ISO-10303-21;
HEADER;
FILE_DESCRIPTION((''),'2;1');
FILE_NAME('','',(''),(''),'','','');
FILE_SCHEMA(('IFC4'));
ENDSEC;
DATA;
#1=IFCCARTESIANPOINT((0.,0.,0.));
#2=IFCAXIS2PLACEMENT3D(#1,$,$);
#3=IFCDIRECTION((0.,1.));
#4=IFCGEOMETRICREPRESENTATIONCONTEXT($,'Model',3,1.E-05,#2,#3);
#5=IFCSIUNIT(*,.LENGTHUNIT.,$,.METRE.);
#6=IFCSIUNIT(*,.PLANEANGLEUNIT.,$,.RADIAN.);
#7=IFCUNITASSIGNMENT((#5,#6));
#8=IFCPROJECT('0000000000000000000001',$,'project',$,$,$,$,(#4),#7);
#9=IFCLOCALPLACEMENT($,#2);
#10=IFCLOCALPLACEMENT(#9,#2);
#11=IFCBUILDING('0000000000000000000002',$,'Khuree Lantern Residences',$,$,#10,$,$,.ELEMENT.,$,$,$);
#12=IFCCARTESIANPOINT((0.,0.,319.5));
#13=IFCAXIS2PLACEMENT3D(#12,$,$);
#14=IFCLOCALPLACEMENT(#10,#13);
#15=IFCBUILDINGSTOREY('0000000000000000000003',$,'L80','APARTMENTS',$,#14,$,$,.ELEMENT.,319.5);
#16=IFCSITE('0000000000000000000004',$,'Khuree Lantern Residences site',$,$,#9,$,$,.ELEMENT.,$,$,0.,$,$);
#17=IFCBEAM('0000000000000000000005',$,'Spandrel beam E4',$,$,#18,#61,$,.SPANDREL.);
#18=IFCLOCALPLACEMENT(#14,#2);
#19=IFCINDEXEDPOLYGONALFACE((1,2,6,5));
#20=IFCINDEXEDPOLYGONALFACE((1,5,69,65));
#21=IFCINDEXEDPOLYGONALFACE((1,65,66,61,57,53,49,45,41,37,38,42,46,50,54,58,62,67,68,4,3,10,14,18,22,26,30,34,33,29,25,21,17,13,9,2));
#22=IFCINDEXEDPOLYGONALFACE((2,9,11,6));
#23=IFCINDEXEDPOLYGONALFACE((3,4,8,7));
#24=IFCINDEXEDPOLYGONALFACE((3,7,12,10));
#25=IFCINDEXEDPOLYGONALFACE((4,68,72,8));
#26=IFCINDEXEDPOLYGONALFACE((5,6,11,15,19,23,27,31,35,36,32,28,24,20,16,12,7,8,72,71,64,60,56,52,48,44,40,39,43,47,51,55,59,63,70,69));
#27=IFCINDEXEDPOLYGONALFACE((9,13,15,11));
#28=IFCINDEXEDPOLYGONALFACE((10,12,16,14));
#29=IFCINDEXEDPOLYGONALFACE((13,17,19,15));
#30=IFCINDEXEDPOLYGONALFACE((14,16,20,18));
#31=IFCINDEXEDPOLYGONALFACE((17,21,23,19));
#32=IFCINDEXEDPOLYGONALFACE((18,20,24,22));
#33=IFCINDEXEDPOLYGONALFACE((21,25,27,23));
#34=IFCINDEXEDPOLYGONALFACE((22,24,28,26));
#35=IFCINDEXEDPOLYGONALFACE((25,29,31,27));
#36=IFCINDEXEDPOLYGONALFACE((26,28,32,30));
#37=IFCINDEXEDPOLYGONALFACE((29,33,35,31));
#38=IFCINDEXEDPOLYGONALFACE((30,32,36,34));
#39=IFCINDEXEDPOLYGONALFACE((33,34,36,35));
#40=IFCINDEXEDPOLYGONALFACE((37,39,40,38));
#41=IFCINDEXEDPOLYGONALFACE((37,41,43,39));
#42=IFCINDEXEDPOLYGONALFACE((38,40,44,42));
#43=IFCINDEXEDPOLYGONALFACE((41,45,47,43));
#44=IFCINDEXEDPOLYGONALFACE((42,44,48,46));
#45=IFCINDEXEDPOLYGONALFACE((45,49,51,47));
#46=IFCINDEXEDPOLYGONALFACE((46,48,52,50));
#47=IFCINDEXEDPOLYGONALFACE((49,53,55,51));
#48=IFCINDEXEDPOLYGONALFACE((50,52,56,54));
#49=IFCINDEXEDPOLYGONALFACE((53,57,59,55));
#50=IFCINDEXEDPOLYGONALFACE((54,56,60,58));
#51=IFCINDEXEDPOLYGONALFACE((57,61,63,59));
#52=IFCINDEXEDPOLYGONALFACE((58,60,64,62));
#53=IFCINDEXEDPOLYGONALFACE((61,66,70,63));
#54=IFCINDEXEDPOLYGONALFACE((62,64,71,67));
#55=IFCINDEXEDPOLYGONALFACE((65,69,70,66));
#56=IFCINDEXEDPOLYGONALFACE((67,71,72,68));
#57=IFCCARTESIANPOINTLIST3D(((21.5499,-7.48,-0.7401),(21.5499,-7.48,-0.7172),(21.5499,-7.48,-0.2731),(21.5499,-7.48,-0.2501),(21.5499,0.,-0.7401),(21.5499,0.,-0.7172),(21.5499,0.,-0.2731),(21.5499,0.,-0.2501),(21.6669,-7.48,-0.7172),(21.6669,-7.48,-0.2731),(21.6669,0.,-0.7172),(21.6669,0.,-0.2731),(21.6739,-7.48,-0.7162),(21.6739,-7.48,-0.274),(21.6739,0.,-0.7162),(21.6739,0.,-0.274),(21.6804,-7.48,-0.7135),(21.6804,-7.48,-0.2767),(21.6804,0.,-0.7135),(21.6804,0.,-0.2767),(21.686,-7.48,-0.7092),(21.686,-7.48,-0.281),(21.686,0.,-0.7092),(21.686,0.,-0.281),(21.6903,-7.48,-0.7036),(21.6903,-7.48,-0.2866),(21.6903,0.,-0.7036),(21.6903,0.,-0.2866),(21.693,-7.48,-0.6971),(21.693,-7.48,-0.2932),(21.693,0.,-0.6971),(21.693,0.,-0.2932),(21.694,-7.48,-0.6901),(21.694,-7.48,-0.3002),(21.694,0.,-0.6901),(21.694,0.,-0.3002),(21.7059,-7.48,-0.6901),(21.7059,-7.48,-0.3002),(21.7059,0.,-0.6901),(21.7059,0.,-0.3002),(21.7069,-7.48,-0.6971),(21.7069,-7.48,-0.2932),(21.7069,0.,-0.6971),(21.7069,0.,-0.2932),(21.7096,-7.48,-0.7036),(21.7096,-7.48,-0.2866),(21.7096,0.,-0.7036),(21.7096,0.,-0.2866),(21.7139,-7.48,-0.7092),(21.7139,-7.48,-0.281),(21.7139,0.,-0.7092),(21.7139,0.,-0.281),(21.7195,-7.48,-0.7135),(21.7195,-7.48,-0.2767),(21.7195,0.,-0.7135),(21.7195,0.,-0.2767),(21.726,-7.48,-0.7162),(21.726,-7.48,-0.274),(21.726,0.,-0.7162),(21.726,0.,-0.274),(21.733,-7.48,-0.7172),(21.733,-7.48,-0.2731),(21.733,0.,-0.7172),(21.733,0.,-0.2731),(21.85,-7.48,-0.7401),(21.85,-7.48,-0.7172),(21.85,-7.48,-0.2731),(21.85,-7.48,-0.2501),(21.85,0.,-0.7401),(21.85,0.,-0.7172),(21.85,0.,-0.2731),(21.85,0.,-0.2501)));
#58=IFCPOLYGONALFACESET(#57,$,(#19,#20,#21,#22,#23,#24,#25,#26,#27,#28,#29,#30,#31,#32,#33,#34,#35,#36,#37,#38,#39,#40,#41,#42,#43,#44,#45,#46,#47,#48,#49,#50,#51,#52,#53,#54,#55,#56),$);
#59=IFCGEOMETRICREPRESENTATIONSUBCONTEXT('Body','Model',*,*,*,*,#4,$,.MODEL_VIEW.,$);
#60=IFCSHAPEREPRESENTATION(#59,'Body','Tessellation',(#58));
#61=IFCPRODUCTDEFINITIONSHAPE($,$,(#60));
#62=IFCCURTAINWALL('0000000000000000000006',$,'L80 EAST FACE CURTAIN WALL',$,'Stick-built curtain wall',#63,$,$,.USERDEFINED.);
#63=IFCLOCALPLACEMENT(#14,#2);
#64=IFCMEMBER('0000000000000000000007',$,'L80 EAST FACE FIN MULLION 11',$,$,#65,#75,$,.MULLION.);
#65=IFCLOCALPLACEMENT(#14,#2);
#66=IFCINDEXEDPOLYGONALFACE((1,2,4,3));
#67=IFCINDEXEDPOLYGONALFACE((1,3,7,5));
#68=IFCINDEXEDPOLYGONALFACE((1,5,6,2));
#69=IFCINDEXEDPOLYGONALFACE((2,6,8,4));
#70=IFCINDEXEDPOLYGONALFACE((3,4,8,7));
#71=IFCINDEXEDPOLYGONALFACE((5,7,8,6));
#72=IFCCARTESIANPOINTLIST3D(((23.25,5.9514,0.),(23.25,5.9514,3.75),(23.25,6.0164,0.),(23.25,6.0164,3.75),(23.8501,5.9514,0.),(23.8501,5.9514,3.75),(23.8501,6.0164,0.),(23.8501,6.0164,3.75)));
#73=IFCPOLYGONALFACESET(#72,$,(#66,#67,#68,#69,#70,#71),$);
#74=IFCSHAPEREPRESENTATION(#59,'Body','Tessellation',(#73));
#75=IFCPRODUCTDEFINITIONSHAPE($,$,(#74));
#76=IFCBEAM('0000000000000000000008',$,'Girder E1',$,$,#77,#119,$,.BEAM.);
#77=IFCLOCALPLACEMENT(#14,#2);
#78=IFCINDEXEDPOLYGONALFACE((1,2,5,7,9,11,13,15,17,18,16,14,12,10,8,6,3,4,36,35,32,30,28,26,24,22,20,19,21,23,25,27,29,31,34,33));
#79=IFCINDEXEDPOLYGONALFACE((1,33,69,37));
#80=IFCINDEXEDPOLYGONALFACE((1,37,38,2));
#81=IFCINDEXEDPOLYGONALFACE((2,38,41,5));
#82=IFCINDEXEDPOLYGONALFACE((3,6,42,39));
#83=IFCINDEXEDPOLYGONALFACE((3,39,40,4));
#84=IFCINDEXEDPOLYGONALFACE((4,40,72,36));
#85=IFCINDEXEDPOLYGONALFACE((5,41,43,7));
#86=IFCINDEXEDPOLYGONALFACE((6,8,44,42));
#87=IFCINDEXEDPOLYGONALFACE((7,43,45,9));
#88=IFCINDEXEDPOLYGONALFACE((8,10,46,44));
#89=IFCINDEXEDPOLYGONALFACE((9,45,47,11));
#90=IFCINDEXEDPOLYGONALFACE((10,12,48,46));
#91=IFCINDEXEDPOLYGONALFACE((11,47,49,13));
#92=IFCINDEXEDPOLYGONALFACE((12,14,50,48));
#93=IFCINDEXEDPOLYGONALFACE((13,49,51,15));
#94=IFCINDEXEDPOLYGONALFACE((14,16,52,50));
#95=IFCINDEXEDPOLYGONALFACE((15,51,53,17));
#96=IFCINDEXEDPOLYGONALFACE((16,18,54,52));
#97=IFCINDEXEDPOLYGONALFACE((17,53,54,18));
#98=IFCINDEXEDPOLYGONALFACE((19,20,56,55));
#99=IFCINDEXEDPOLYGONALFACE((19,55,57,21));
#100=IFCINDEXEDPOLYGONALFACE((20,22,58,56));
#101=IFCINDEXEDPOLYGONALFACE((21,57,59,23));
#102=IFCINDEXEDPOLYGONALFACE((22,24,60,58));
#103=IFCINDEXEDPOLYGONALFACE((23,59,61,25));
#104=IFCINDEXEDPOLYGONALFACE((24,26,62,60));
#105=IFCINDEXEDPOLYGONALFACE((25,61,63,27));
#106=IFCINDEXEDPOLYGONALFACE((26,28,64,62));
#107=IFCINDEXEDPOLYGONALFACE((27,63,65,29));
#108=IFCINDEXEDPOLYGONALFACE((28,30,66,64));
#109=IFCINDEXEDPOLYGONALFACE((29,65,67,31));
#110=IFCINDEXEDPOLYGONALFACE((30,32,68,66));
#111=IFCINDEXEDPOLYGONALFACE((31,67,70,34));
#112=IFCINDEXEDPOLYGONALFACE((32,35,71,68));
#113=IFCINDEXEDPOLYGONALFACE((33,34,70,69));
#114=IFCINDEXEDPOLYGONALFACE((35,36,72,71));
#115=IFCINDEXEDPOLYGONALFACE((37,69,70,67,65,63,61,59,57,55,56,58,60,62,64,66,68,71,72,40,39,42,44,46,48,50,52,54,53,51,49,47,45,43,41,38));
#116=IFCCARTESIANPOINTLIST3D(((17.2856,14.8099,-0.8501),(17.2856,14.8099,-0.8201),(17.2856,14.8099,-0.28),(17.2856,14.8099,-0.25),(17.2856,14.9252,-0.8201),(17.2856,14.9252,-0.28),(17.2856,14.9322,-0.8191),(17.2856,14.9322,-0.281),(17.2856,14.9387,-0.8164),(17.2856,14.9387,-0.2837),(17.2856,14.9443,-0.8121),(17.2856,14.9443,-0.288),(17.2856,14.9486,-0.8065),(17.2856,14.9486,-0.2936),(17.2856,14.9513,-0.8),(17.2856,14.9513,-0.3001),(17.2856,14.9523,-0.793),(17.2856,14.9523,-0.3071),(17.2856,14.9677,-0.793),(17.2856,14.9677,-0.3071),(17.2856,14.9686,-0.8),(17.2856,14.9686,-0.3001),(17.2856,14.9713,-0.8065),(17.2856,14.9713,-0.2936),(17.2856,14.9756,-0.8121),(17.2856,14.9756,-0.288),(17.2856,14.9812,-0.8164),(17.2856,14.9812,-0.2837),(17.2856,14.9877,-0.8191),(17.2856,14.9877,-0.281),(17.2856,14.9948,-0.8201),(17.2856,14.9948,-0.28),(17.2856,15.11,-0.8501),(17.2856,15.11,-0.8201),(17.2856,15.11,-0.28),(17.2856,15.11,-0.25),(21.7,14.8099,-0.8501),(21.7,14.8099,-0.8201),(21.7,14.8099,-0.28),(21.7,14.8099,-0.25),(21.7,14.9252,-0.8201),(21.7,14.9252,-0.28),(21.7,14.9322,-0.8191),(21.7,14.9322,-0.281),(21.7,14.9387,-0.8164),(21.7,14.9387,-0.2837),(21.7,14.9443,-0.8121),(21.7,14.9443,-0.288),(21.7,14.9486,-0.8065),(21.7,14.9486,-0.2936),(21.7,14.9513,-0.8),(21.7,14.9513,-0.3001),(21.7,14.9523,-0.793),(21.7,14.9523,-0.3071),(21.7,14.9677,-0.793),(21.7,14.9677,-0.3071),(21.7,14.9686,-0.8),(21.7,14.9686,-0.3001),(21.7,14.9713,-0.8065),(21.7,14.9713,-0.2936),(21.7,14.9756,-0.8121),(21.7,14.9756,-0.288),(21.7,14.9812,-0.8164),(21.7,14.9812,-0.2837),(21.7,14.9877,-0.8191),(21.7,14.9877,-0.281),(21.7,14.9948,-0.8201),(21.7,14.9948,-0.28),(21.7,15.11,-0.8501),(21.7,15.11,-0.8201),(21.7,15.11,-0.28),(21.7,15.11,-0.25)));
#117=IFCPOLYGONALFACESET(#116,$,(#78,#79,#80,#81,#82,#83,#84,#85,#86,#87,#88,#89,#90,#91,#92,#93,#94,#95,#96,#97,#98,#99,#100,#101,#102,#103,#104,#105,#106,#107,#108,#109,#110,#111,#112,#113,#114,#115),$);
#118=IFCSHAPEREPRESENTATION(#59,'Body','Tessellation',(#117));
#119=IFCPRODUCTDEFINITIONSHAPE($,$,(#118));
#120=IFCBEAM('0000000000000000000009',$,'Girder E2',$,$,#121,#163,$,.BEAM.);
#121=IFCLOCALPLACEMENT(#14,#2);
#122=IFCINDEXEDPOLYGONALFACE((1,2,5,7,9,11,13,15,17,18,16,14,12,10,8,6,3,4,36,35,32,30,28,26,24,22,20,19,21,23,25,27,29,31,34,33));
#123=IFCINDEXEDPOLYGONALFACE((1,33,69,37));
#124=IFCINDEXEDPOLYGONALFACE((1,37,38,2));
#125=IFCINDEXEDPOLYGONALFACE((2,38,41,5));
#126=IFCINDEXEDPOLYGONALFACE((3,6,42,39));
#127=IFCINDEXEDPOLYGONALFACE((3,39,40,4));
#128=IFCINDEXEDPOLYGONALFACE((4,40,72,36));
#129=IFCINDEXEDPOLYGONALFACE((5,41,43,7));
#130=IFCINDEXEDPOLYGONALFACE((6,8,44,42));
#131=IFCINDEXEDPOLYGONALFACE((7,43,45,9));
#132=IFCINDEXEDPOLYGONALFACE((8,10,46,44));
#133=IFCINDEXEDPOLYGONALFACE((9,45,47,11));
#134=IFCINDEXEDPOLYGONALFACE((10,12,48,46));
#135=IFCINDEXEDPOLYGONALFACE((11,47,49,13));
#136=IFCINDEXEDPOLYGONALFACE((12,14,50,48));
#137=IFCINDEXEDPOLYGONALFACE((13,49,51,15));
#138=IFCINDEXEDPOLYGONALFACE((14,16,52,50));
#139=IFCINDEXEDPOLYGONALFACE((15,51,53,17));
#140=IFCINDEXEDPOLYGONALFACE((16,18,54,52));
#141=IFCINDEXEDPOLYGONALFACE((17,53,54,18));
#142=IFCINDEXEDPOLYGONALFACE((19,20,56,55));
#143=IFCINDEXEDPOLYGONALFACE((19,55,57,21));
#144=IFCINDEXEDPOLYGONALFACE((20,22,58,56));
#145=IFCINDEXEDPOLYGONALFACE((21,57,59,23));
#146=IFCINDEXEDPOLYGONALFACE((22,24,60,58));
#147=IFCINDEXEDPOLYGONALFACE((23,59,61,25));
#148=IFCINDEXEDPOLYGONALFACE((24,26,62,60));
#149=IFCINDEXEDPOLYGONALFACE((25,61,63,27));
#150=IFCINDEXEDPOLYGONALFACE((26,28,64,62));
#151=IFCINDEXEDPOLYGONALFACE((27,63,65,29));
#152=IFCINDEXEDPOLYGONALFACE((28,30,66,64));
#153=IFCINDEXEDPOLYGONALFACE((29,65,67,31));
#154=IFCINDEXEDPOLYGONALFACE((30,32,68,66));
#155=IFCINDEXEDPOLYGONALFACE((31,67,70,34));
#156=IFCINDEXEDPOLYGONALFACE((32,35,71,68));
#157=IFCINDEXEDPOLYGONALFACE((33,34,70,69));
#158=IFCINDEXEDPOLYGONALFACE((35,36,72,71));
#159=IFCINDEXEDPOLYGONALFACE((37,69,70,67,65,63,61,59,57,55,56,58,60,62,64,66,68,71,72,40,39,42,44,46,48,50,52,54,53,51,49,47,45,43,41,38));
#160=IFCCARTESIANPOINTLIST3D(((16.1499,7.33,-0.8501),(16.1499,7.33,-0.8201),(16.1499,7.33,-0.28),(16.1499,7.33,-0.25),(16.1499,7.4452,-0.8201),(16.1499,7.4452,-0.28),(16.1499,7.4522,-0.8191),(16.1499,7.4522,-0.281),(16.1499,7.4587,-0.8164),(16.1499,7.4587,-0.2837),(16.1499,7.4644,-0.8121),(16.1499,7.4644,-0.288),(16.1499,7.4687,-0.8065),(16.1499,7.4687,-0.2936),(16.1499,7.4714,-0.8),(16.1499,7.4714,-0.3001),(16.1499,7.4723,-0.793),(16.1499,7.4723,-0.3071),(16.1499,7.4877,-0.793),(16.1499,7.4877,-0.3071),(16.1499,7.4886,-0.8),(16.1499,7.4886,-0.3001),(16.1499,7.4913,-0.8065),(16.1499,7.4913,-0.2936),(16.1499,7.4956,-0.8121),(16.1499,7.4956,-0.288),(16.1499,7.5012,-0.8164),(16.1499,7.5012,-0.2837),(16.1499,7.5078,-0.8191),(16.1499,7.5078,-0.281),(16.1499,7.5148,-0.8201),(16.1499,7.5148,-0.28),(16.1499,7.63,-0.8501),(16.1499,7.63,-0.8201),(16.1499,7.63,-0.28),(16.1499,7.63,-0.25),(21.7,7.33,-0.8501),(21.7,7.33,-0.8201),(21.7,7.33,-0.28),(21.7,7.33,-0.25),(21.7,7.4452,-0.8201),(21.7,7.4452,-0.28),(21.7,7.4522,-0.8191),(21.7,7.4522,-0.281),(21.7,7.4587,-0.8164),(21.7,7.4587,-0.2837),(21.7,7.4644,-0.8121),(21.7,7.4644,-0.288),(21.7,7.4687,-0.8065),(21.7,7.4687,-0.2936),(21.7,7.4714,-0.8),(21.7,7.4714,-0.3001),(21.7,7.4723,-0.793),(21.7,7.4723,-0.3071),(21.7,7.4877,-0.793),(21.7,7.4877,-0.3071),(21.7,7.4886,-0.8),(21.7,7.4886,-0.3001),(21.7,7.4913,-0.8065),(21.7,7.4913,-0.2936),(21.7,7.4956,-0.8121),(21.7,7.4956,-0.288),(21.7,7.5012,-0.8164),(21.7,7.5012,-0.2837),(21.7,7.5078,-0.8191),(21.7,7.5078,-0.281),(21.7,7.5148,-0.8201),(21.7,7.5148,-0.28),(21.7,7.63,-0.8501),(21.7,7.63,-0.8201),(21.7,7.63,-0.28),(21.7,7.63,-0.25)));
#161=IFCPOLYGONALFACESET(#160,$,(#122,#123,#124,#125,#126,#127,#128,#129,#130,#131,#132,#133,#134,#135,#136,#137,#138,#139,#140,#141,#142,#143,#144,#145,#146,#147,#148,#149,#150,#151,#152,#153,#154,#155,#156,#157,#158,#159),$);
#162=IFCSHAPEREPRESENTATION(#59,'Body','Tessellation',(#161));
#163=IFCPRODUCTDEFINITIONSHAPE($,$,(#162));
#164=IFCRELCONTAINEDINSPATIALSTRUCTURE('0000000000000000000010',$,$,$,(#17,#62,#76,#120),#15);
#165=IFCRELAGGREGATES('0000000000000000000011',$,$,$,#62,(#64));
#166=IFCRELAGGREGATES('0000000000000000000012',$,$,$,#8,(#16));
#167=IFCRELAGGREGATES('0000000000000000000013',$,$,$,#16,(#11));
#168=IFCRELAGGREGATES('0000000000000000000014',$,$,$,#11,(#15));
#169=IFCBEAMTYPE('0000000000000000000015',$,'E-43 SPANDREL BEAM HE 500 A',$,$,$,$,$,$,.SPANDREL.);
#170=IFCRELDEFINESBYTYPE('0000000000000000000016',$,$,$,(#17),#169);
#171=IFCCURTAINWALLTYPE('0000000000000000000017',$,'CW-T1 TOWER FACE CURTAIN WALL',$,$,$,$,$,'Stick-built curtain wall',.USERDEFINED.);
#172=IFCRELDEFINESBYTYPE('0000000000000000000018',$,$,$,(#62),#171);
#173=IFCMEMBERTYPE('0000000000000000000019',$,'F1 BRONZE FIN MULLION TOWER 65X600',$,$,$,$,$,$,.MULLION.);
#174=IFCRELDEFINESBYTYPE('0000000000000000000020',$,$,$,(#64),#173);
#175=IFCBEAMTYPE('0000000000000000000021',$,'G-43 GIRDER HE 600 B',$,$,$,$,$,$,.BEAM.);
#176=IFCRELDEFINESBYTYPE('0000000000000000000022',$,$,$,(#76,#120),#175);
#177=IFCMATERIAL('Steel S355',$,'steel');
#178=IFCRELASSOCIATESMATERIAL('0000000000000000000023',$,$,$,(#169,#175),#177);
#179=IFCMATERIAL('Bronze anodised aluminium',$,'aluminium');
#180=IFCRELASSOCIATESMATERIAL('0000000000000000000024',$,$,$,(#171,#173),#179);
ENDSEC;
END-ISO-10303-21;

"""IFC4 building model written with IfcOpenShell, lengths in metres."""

from ifc_helpers import new_model, si_unit, direction, frame, origin, origin_2d, place, context, subcontext, project, spatial, rectangle, i_section, extrude, material, material_profile, profile_set, type_object, element, aggregate, save


model = new_model("IFC4")

# Units and contexts
model_context = context("Model", 3, precision=1e-05, world=origin(), true_north=direction((0.0, 1.0)))
body_context = subcontext(model_context, "Body", "Model", "MODEL_VIEW")
ifc_project = project(units=[si_unit("LENGTHUNIT", "METRE"), si_unit("PLANEANGLEUNIT", "RADIAN")], contexts=[model_context])

# Site, building, storey
site_placement = place(None, origin())
site = spatial("IfcSite", under=ifc_project, at=site_placement, Name="Khuree Lantern Residences site", CompositionType="ELEMENT", RefElevation=0.0)
building_placement = place(site_placement, origin())
building = spatial("IfcBuilding", under=site, at=building_placement, Name="Khuree Lantern Residences", CompositionType="ELEMENT")
storey_placement = place(building_placement, frame((0.0, 0.0, 319.5)))
storey = spatial("IfcBuildingStorey", under=building, at=storey_placement, Name="L80", Description="APARTMENTS", CompositionType="ELEMENT", Elevation=319.5)

# Beam
ifc_material_1 = material(Name="Steel S355", Category="steel")
ifc_material_profile_1 = material_profile(ifc_material_1, i_section(OverallWidth=0.3, OverallDepth=0.49, WebThickness=0.012, FlangeThickness=0.0229, FilletRadius=0.0271, at=origin_2d()), Name="HE 500 A")
ifc_profile_set_1 = profile_set([ifc_material_profile_1], Name="Steel S355")
beam_type_1 = type_object("IfcBeamType", Name="E-43 SPANDREL BEAM HE 500 A", PredefinedType="SPANDREL", material=ifc_profile_set_1)
for number, where, z_axis, x_axis, name in (
    (1, (21.7, 0.0, -0.4951), (0.0, -1.0, 0.0), (1.0, 0.0, 0.0), "Spandrel beam E4"),
):
    element("IfcBeam", number, at=place(storey_placement, frame(where, z_axis=z_axis, x_axis=x_axis)), inside=storey, type_object=beam_type_1, Name=name, PredefinedType="SPANDREL", context=body_context, shape_type="SweptSolid", body=[
        extrude(i_section(OverallWidth=0.3, OverallDepth=0.49, WebThickness=0.012, FlangeThickness=0.0229, FilletRadius=0.0271, at=origin_2d()), origin(), (0.0, 0.0, 1.0), 7.48),
    ])

# Curtain wall, member
ifc_material_2 = material(Name="Bronze anodised aluminium", Category="aluminium")
curtain_wall_type = type_object("IfcCurtainWallType", Name="CW-T1 TOWER FACE CURTAIN WALL", ElementType="Stick-built curtain wall", PredefinedType="USERDEFINED", material=ifc_material_2)
curtain_wall_placement = place(storey_placement, origin())
curtain_wall = element("IfcCurtainWall", 2, at=curtain_wall_placement, inside=storey, type_object=curtain_wall_type, Name="L80 EAST FACE CURTAIN WALL", ObjectType="Stick-built curtain wall", PredefinedType="USERDEFINED")
ifc_material_profile_2 = material_profile(ifc_material_2, rectangle(XDim=0.0649, YDim=0.6001, at=origin_2d()), Name="F1 65X600")
ifc_profile_set_2 = profile_set([ifc_material_profile_2], Name="Bronze anodised aluminium")
member_type_1 = type_object("IfcMemberType", Name="F1 BRONZE FIN MULLION TOWER 65X600", PredefinedType="MULLION", material=ifc_profile_set_2)
member_1_placement = place(storey_placement, frame((23.55, 5.9839, 0.0), z_axis=(0.0, 0.0, 1.0), x_axis=(0.0, 1.0, 0.0)))
member_1 = element("IfcMember", 3, at=member_1_placement, type_object=member_type_1, Name="L80 EAST FACE FIN MULLION 11", PredefinedType="MULLION", context=body_context, shape_type="SweptSolid", body=[
    extrude(rectangle(XDim=0.0649, YDim=0.6001, at=origin_2d()), origin(), (0.0, 0.0, 1.0), 3.75),
])

# Beams
ifc_material_profile_3 = material_profile(ifc_material_1, i_section(OverallWidth=0.3, OverallDepth=0.6001, WebThickness=0.0154, FlangeThickness=0.03, FilletRadius=0.0271, at=origin_2d()), Name="HE 600 B")
ifc_profile_set_3 = profile_set([ifc_material_profile_3], Name="Steel S355")
beam_type_2 = type_object("IfcBeamType", Name="G-43 GIRDER HE 600 B", PredefinedType="BEAM", material=ifc_profile_set_3)
beam_placement = place(storey_placement, frame((21.7, 14.96, -0.55), z_axis=(-1.0, 0.0, 0.0), x_axis=(0.0, -1.0, 0.0)))
element("IfcBeam", 4, at=beam_placement, inside=storey, type_object=beam_type_2, Name="Girder E1", PredefinedType="BEAM", context=body_context, shape_type="SweptSolid", body=[
    extrude(i_section(OverallWidth=0.3, OverallDepth=0.6001, WebThickness=0.0154, FlangeThickness=0.03, FilletRadius=0.0271, at=origin_2d()), origin(), (0.0, 0.0, 1.0), 4.4143),
])
for number, where, z_axis, x_axis, name in (
    (5, (21.7, 7.48, -0.55), (-1.0, 0.0, 0.0), (0.0, -1.0, 0.0), "Girder E2"),
):
    element("IfcBeam", number, at=place(storey_placement, frame(where, z_axis=z_axis, x_axis=x_axis)), inside=storey, type_object=beam_type_2, Name=name, PredefinedType="BEAM", context=body_context, shape_type="SweptSolid", body=[
        extrude(i_section(OverallWidth=0.3, OverallDepth=0.6001, WebThickness=0.0154, FlangeThickness=0.03, FilletRadius=0.0271, at=origin_2d()), origin(), (0.0, 0.0, 1.0), 5.55),
    ])

aggregate(curtain_wall, [member_1])

save(model, "model.ifc")
